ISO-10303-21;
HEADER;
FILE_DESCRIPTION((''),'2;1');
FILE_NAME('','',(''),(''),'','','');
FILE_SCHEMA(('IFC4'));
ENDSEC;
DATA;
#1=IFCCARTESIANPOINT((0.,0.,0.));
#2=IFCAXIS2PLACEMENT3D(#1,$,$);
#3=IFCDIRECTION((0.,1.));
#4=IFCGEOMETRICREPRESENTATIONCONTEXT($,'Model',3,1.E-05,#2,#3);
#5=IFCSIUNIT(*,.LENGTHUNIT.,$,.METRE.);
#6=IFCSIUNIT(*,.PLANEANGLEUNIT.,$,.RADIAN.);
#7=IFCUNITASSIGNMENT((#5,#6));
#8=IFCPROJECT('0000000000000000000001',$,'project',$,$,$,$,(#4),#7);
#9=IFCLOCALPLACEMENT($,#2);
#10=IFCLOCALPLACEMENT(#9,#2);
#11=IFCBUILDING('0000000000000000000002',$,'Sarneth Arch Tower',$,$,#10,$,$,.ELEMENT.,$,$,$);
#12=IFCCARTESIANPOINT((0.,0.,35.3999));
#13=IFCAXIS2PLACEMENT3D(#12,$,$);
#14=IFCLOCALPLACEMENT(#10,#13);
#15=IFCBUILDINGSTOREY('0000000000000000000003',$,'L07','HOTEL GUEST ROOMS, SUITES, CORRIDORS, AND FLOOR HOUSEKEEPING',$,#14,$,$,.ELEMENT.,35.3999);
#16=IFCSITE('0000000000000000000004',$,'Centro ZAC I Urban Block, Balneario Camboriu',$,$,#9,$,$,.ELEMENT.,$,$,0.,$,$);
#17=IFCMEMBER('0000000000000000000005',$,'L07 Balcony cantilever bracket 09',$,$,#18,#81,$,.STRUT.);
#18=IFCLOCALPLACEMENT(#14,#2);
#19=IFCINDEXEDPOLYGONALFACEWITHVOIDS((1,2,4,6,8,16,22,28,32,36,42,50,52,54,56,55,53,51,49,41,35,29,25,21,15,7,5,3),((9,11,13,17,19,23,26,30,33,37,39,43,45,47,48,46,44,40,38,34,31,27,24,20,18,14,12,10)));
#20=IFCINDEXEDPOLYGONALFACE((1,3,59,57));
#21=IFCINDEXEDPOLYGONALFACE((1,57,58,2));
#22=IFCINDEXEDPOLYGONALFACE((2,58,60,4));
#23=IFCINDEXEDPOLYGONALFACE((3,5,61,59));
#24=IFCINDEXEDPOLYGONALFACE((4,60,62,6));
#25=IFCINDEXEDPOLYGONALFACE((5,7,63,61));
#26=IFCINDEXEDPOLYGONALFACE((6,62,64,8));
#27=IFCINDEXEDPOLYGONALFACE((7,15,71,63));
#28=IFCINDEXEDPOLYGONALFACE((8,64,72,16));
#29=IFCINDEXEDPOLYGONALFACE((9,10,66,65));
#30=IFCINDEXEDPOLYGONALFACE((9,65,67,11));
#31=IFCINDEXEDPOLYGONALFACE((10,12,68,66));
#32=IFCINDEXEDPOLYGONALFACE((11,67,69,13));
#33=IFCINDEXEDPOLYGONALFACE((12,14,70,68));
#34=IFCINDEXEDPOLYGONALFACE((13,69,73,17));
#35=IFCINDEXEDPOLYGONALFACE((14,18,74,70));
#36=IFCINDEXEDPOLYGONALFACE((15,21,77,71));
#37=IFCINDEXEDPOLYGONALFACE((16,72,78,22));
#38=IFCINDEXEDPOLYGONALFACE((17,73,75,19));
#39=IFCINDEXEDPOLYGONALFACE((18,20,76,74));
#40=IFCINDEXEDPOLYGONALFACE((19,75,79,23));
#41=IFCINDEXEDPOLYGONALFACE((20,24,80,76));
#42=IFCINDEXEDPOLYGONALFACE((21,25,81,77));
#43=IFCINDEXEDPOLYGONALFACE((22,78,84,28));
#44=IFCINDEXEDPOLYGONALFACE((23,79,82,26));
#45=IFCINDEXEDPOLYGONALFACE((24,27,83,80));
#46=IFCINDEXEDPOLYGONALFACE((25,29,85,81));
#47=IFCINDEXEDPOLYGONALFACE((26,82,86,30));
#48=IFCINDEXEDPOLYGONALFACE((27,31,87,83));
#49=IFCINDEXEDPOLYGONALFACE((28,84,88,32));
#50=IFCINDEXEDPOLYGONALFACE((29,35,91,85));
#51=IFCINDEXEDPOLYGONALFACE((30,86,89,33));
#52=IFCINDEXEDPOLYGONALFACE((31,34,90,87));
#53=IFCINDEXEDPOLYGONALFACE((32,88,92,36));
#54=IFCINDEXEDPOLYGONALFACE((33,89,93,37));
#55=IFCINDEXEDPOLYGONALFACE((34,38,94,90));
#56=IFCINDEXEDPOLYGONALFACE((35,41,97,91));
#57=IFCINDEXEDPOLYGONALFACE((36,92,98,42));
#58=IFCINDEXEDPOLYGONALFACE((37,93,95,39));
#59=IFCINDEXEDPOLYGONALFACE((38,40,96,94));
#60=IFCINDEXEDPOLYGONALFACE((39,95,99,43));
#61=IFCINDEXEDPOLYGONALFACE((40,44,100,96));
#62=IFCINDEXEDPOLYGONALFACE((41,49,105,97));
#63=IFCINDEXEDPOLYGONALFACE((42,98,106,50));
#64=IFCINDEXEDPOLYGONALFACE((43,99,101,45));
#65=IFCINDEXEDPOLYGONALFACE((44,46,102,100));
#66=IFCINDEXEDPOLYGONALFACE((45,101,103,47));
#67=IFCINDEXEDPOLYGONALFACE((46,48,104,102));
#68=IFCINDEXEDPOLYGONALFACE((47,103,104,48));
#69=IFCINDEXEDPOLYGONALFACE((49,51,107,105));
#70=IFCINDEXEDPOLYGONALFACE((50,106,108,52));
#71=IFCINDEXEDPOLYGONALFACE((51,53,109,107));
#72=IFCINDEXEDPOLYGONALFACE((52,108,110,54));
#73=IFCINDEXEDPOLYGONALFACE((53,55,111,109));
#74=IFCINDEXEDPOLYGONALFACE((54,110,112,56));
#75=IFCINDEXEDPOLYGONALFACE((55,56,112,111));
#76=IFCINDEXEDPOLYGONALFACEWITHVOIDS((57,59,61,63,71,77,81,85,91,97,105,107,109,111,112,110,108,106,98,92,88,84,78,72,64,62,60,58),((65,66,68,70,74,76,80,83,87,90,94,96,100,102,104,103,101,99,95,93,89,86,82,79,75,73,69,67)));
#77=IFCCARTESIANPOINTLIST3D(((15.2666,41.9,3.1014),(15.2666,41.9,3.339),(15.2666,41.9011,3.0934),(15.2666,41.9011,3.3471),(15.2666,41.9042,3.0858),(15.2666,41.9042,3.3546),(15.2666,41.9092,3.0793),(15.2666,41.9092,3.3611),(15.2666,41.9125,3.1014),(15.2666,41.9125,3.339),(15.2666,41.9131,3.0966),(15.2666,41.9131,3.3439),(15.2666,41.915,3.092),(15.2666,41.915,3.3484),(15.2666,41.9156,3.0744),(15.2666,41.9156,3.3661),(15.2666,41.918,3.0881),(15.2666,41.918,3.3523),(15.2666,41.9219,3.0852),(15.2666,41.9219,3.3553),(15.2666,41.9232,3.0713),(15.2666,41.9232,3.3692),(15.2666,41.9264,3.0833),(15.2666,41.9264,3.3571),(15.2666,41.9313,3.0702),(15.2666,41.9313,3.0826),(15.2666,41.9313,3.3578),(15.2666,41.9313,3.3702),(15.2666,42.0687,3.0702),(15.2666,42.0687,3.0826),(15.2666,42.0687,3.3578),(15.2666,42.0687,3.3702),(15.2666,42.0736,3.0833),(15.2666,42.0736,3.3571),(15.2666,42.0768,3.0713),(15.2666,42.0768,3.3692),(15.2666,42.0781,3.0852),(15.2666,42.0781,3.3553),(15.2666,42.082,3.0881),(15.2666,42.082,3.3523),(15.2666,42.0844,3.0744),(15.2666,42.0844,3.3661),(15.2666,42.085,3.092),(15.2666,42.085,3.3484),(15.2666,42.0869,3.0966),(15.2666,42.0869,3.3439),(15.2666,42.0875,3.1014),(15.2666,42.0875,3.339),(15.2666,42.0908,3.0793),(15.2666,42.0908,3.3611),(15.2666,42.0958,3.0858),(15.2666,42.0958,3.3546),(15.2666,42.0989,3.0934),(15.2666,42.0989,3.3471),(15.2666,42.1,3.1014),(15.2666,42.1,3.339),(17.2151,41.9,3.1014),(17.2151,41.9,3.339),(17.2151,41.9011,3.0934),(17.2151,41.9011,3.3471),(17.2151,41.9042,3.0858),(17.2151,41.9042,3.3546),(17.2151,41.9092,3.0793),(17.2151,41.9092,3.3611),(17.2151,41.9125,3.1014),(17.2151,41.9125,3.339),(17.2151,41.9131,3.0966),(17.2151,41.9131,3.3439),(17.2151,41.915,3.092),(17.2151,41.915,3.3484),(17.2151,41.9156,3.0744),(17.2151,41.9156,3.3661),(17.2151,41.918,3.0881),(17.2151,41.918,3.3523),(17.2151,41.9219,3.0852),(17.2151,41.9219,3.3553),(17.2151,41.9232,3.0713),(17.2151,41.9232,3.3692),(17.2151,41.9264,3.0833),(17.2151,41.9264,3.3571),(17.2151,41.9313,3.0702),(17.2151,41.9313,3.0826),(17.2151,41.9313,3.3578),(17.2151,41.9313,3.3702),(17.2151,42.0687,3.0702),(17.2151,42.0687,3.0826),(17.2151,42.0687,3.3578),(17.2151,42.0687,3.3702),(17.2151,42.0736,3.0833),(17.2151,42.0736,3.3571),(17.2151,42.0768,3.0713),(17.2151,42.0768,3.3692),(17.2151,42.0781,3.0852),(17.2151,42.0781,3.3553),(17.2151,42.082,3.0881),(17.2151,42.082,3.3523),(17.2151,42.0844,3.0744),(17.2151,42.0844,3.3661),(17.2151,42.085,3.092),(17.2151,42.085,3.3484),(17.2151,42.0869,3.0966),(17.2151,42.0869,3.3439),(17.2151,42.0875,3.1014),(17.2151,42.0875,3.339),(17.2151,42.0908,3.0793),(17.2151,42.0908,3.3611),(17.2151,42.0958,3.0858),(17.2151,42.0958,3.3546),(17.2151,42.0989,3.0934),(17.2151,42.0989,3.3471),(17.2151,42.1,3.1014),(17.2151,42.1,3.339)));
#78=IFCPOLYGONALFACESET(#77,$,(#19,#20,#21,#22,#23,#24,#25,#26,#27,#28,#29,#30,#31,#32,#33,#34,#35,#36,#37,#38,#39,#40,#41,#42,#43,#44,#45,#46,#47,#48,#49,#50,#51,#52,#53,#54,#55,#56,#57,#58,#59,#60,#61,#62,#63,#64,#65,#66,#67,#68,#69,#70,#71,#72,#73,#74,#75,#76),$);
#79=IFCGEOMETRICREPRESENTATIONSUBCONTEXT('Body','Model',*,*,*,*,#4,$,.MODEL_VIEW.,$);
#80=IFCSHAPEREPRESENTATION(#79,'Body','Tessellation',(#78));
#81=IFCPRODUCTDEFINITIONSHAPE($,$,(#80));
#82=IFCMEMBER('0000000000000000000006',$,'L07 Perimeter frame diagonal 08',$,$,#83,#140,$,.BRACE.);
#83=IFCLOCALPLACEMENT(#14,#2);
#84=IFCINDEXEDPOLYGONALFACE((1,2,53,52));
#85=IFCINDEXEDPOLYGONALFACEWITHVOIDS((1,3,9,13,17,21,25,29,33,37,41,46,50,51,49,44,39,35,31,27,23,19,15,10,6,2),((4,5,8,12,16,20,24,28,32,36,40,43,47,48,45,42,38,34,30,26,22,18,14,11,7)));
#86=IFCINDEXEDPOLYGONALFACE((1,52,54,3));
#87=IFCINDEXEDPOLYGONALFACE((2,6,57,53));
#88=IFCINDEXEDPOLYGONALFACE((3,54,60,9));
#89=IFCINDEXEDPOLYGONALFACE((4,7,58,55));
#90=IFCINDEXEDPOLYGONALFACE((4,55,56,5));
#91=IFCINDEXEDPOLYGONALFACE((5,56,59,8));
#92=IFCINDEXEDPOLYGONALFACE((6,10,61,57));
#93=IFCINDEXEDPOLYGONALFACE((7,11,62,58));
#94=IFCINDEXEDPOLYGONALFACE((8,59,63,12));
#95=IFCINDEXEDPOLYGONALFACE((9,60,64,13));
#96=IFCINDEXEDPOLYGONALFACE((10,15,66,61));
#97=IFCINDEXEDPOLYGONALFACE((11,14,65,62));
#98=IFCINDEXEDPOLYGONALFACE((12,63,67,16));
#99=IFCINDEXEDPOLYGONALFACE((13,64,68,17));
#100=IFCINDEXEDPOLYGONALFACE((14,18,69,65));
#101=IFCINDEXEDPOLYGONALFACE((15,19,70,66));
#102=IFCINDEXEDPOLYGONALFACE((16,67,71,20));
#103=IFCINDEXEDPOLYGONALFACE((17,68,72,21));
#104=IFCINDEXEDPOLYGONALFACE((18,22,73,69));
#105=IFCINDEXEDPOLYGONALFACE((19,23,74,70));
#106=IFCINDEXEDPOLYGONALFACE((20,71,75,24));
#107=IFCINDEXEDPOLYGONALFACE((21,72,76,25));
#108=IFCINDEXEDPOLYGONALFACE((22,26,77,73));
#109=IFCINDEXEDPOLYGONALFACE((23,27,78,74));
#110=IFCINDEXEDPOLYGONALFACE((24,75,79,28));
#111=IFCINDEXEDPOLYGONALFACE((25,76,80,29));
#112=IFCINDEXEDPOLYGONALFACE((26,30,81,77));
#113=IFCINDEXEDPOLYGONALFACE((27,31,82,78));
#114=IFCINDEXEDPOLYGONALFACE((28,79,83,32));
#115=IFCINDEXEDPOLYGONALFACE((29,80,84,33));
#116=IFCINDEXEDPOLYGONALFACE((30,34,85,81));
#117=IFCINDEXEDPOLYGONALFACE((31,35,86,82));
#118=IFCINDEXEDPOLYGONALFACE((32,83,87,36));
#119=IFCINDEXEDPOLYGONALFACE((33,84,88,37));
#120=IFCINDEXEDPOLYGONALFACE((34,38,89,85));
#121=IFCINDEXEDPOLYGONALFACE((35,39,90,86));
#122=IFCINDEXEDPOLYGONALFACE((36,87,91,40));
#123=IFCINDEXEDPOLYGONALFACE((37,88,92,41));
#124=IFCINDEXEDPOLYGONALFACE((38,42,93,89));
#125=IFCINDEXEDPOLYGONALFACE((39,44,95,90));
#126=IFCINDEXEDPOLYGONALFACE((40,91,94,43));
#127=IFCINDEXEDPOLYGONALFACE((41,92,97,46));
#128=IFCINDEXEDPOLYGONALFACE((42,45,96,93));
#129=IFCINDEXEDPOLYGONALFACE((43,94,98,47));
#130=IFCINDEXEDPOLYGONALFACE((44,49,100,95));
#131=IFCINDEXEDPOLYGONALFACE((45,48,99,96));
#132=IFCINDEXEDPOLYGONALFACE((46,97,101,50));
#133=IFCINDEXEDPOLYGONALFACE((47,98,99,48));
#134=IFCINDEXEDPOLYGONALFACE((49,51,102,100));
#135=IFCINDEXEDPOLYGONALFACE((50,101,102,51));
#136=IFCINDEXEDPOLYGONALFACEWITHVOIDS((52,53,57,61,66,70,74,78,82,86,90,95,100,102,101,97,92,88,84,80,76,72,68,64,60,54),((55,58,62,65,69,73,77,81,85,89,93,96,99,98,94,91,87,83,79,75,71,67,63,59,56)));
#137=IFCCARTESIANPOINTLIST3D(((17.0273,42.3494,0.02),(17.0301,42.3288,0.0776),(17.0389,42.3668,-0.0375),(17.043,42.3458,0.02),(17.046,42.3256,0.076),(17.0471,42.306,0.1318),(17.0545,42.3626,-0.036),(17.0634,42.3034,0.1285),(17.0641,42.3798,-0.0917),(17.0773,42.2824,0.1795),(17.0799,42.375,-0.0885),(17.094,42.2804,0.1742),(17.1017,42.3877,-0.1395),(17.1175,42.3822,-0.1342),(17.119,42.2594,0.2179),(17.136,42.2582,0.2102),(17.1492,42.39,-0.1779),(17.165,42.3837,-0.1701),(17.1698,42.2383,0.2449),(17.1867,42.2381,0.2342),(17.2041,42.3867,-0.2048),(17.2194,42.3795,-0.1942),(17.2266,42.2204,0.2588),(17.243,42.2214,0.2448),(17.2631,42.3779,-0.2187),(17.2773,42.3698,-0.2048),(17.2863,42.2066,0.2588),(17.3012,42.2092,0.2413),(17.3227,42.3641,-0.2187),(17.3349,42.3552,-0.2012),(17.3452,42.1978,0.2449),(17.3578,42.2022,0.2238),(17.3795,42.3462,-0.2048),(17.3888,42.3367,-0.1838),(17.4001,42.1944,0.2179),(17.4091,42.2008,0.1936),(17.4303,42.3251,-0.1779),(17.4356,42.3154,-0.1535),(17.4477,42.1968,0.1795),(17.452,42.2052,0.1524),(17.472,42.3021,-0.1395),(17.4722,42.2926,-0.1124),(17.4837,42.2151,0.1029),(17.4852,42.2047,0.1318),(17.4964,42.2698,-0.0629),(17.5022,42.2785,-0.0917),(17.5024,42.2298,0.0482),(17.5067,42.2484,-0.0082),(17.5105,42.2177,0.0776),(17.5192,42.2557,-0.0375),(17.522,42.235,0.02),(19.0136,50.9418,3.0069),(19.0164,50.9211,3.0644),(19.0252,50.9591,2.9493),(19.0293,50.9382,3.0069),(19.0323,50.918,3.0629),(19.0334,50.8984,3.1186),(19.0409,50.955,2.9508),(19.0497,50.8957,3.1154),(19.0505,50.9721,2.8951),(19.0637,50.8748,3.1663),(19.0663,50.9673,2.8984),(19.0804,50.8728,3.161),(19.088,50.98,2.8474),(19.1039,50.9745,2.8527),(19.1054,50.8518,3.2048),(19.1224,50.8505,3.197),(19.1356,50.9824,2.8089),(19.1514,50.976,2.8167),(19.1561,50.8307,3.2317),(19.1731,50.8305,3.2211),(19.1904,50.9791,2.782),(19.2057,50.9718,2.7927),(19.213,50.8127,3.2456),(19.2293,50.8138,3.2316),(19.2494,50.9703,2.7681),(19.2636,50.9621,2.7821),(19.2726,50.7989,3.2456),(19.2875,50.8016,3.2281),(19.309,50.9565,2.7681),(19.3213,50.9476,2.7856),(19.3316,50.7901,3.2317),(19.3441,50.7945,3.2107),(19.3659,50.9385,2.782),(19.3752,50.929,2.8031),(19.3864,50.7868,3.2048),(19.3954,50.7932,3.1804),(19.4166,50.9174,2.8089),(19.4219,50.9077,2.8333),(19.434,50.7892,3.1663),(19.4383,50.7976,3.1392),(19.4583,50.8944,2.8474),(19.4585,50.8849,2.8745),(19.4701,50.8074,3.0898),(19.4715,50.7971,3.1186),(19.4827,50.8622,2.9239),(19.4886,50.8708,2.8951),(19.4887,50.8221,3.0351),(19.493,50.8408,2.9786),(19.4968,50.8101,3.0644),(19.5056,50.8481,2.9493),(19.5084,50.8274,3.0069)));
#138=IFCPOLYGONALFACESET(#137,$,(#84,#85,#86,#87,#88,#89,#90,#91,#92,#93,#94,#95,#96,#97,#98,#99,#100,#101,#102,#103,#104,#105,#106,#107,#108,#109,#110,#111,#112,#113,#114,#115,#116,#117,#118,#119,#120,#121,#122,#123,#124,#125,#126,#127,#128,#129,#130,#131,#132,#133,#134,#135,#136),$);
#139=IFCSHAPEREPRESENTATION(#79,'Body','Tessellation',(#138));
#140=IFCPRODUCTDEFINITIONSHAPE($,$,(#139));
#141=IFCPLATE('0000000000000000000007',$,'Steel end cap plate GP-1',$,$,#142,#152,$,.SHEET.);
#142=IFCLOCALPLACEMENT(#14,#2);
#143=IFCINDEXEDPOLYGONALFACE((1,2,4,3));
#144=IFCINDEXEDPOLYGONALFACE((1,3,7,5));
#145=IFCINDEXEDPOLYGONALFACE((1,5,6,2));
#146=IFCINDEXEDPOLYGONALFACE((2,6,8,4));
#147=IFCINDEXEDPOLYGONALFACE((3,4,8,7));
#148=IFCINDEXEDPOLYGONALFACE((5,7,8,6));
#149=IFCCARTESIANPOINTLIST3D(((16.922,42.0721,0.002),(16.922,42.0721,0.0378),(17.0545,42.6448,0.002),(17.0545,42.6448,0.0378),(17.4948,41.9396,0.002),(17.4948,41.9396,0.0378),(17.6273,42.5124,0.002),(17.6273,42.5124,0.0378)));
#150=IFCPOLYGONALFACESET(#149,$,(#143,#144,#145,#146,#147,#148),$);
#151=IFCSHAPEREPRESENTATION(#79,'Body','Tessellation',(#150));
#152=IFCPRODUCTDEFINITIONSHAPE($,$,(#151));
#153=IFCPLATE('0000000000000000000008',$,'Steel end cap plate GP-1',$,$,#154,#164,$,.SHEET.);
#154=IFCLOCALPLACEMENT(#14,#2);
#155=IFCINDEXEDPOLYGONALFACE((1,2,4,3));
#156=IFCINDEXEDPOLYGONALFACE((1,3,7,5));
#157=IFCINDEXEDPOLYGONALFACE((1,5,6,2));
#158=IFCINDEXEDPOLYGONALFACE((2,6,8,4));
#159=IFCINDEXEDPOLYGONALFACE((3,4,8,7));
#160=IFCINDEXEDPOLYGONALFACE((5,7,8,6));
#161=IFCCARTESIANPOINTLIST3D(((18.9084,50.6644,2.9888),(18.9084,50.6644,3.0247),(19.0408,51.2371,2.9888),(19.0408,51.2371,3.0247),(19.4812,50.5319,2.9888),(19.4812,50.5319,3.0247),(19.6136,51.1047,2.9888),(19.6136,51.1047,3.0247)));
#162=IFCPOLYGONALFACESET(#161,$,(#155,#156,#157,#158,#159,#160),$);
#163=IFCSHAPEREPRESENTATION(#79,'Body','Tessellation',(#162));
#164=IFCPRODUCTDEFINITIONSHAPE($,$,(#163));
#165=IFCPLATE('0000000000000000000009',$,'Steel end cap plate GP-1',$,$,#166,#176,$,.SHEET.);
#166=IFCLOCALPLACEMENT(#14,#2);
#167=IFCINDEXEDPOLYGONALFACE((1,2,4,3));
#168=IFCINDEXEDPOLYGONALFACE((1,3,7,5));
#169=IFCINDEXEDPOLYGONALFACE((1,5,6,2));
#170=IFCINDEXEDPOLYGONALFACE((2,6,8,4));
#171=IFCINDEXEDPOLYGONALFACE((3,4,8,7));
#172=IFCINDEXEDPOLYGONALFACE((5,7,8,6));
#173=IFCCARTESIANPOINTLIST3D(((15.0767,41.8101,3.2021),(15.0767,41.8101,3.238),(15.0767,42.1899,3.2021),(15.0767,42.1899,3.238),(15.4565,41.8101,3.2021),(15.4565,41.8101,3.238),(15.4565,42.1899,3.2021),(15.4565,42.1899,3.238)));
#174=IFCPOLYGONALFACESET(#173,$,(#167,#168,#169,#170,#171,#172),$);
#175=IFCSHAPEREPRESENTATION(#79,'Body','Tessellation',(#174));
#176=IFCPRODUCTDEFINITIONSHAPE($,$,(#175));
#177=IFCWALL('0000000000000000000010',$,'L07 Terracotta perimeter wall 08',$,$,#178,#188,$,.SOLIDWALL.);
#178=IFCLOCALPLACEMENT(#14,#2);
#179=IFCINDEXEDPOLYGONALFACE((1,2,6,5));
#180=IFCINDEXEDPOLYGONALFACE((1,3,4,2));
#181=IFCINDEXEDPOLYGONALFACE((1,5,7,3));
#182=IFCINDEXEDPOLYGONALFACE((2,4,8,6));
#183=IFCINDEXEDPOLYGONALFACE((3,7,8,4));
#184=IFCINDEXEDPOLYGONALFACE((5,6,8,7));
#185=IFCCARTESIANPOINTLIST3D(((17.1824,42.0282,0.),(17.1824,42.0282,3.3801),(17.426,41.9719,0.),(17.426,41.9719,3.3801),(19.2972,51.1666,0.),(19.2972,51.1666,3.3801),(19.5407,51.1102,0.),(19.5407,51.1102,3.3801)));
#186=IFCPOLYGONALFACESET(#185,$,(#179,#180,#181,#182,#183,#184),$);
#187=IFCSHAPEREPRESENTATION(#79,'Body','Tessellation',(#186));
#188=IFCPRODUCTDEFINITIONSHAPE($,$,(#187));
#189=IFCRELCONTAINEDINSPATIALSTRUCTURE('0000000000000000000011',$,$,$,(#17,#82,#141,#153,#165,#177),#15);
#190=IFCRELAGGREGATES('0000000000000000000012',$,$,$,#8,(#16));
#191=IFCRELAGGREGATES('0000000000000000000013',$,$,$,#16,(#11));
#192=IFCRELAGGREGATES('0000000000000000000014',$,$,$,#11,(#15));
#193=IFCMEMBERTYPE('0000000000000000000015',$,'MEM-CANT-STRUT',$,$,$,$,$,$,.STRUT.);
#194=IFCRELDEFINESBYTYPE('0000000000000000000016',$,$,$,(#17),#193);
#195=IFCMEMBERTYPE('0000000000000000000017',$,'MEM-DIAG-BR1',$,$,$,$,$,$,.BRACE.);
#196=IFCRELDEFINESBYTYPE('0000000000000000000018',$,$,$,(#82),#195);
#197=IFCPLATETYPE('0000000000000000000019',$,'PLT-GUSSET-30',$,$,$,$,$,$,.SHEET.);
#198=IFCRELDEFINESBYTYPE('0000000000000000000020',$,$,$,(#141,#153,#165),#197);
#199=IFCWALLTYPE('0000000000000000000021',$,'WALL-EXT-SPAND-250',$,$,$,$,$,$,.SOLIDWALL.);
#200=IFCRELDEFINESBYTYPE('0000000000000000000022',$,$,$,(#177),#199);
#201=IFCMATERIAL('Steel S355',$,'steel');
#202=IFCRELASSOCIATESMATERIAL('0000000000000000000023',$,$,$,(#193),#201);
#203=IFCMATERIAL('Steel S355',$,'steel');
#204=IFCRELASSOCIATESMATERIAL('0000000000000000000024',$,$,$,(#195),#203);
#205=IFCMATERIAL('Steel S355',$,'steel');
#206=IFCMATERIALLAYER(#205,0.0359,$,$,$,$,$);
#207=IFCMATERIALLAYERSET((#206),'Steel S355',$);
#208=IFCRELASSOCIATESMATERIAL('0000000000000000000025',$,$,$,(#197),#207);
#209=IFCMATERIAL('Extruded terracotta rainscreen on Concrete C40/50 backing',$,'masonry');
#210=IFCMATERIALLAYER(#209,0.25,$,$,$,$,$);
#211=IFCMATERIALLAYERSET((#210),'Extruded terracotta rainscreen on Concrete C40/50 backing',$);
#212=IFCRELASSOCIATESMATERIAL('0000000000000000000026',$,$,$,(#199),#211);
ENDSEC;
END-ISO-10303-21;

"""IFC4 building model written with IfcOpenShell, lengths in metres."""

from ifc_helpers import new_model, si_unit, direction, frame, frame_2d, origin, origin_2d, place, context, subcontext, project, spatial, rectangle, hollow_rectangle, hollow_circle, extrude, material, layer, layer_set, material_profile, profile_set, type_object, element, save


model = new_model("IFC4")

# Units and contexts
model_context = context("Model", 3, precision=1e-05, world=origin(), true_north=direction((0.0, 1.0)))
body_context = subcontext(model_context, "Body", "Model", "MODEL_VIEW")
ifc_project = project(units=[si_unit("LENGTHUNIT", "METRE"), si_unit("PLANEANGLEUNIT", "RADIAN")], contexts=[model_context])

# Site, building, storey
site_placement = place(None, origin())
site = spatial("IfcSite", under=ifc_project, at=site_placement, Name="Centro ZAC I Urban Block, Balneario Camboriu", CompositionType="ELEMENT", RefElevation=0.0)
building_placement = place(site_placement, origin())
building = spatial("IfcBuilding", under=site, at=building_placement, Name="Sarneth Arch Tower", CompositionType="ELEMENT")
storey_placement = place(building_placement, frame((0.0, 0.0, 35.3999)))
storey = spatial("IfcBuildingStorey", under=building, at=storey_placement, Name="L07", Description="HOTEL GUEST ROOMS, SUITES, CORRIDORS, AND FLOOR HOUSEKEEPING", CompositionType="ELEMENT", Elevation=35.3999)

# Members
ifc_material_1 = material(Name="Steel S355", Category="steel")
ifc_material_profile_1 = material_profile(ifc_material_1, hollow_rectangle(XDim=0.2, YDim=0.3, WallThickness=0.0125, InnerFilletRadius=0.0188, OuterFilletRadius=0.0312, at=origin_2d()), Name="RHS300x200x12.5")
ifc_profile_set_1 = profile_set([ifc_material_profile_1], Name="Steel S355")
member_type_1 = type_object("IfcMemberType", Name="MEM-CANT-STRUT", PredefinedType="STRUT", material=ifc_profile_set_1)
member_1_placement = place(storey_placement, frame((17.2151, 42.0, 3.2202), z_axis=(-1.0, 0.0, 0.0), x_axis=(0.0, -1.0, 0.0)))
element("IfcMember", 1, at=member_1_placement, inside=storey, type_object=member_type_1, Name="L07 Balcony cantilever bracket 09", PredefinedType="STRUT", context=body_context, shape_type="SweptSolid", body=[
    extrude(hollow_rectangle(XDim=0.2, YDim=0.3, WallThickness=0.0125, InnerFilletRadius=0.0188, OuterFilletRadius=0.0312, at=origin_2d()), origin(), (0.0, 0.0, 1.0), 1.9485),
])
ifc_material_2 = material(Name="Steel S355", Category="steel")
ifc_material_profile_2 = material_profile(ifc_material_2, hollow_circle(Radius=0.2539, WallThickness=0.0161, at=origin_2d()), Name="CHS508x16")
ifc_profile_set_2 = profile_set([ifc_material_profile_2], Name="Steel S355")
member_type_2 = type_object("IfcMemberType", Name="MEM-DIAG-BR1", PredefinedType="BRACE", material=ifc_profile_set_2)
member_2_placement = place(storey_placement, frame((17.2747, 42.2922, 0.02), z_axis=(0.213332, 0.922814, 0.320785), x_axis=(-0.974304, 0.225236, 0.0)))
element("IfcMember", 2, at=member_2_placement, inside=storey, type_object=member_type_2, Name="L07 Perimeter frame diagonal 08", PredefinedType="BRACE", context=body_context, shape_type="SweptSolid", body=[
    extrude(hollow_circle(Radius=0.2539, WallThickness=0.0161, at=origin_2d()), origin(), (0.0, 0.0, 1.0), 9.311),
])

# Plates
ifc_material_3 = material(Name="Steel S355", Category="steel")
ifc_layer_1 = layer(ifc_material_3, 0.0359)
ifc_layer_set_1 = layer_set([ifc_layer_1], Name="Steel S355")
plate_type = type_object("IfcPlateType", Name="PLT-GUSSET-30", PredefinedType="SHEET", material=ifc_layer_set_1)
for number, where, z_axis, x_axis, name in (
    (3, (17.2747, 42.2922, 0.002), (0.0, 0.0, 1.0), (-0.225291, -0.974291, 0.0), "Steel end cap plate GP-1"),
    (4, (19.261, 50.8845, 2.9888), (0.0, 0.0, 1.0), (-0.225291, -0.974291, 0.0), "Steel end cap plate GP-1"),
):
    element("IfcPlate", number, at=place(storey_placement, frame(where, z_axis=z_axis, x_axis=x_axis)), inside=storey, type_object=plate_type, Name=name, PredefinedType="SHEET", context=body_context, shape_type="SweptSolid", body=[
        extrude(rectangle(XDim=0.5879, YDim=0.5879, at=origin_2d()), origin(), (0.0, 0.0, 1.0), 0.0359),
    ])
plate_placement = place(storey_placement, frame((15.2666, 42.0, 3.2021), z_axis=(0.0, 0.0, 1.0), x_axis=(-1.0, 0.0, 0.0)))
element("IfcPlate", 5, at=plate_placement, inside=storey, type_object=plate_type, Name="Steel end cap plate GP-1", PredefinedType="SHEET", context=body_context, shape_type="SweptSolid", body=[
    extrude(rectangle(XDim=0.3799, YDim=0.3799, at=origin_2d()), origin(), (0.0, 0.0, 1.0), 0.0359),
])

# Wall
ifc_material_4 = material(Name="Extruded terracotta rainscreen on Concrete C40/50 backing", Category="masonry")
ifc_layer_2 = layer(ifc_material_4, 0.25)
ifc_layer_set_2 = layer_set([ifc_layer_2], Name="Extruded terracotta rainscreen on Concrete C40/50 backing")
wall_type_1 = type_object("IfcWallType", Name="WALL-EXT-SPAND-250", PredefinedType="SOLIDWALL", material=ifc_layer_set_2)
wall_1_placement = place(storey_placement, frame((19.4189, 51.1384, 0.0), z_axis=(0.0, 0.0, 1.0), x_axis=(-0.225454, -0.974254, 0.0)))
element("IfcWall", 6, at=wall_1_placement, inside=storey, type_object=wall_type_1, Name="L07 Terracotta perimeter wall 08", PredefinedType="SOLIDWALL", context=body_context, shape_type="SweptSolid", body=[
    extrude(rectangle(XDim=9.3799, YDim=0.25, at=frame_2d((4.6899, 0.0))), origin(), (0.0, 0.0, 1.0), 3.3801),
])

save(model, "model.ifc")
